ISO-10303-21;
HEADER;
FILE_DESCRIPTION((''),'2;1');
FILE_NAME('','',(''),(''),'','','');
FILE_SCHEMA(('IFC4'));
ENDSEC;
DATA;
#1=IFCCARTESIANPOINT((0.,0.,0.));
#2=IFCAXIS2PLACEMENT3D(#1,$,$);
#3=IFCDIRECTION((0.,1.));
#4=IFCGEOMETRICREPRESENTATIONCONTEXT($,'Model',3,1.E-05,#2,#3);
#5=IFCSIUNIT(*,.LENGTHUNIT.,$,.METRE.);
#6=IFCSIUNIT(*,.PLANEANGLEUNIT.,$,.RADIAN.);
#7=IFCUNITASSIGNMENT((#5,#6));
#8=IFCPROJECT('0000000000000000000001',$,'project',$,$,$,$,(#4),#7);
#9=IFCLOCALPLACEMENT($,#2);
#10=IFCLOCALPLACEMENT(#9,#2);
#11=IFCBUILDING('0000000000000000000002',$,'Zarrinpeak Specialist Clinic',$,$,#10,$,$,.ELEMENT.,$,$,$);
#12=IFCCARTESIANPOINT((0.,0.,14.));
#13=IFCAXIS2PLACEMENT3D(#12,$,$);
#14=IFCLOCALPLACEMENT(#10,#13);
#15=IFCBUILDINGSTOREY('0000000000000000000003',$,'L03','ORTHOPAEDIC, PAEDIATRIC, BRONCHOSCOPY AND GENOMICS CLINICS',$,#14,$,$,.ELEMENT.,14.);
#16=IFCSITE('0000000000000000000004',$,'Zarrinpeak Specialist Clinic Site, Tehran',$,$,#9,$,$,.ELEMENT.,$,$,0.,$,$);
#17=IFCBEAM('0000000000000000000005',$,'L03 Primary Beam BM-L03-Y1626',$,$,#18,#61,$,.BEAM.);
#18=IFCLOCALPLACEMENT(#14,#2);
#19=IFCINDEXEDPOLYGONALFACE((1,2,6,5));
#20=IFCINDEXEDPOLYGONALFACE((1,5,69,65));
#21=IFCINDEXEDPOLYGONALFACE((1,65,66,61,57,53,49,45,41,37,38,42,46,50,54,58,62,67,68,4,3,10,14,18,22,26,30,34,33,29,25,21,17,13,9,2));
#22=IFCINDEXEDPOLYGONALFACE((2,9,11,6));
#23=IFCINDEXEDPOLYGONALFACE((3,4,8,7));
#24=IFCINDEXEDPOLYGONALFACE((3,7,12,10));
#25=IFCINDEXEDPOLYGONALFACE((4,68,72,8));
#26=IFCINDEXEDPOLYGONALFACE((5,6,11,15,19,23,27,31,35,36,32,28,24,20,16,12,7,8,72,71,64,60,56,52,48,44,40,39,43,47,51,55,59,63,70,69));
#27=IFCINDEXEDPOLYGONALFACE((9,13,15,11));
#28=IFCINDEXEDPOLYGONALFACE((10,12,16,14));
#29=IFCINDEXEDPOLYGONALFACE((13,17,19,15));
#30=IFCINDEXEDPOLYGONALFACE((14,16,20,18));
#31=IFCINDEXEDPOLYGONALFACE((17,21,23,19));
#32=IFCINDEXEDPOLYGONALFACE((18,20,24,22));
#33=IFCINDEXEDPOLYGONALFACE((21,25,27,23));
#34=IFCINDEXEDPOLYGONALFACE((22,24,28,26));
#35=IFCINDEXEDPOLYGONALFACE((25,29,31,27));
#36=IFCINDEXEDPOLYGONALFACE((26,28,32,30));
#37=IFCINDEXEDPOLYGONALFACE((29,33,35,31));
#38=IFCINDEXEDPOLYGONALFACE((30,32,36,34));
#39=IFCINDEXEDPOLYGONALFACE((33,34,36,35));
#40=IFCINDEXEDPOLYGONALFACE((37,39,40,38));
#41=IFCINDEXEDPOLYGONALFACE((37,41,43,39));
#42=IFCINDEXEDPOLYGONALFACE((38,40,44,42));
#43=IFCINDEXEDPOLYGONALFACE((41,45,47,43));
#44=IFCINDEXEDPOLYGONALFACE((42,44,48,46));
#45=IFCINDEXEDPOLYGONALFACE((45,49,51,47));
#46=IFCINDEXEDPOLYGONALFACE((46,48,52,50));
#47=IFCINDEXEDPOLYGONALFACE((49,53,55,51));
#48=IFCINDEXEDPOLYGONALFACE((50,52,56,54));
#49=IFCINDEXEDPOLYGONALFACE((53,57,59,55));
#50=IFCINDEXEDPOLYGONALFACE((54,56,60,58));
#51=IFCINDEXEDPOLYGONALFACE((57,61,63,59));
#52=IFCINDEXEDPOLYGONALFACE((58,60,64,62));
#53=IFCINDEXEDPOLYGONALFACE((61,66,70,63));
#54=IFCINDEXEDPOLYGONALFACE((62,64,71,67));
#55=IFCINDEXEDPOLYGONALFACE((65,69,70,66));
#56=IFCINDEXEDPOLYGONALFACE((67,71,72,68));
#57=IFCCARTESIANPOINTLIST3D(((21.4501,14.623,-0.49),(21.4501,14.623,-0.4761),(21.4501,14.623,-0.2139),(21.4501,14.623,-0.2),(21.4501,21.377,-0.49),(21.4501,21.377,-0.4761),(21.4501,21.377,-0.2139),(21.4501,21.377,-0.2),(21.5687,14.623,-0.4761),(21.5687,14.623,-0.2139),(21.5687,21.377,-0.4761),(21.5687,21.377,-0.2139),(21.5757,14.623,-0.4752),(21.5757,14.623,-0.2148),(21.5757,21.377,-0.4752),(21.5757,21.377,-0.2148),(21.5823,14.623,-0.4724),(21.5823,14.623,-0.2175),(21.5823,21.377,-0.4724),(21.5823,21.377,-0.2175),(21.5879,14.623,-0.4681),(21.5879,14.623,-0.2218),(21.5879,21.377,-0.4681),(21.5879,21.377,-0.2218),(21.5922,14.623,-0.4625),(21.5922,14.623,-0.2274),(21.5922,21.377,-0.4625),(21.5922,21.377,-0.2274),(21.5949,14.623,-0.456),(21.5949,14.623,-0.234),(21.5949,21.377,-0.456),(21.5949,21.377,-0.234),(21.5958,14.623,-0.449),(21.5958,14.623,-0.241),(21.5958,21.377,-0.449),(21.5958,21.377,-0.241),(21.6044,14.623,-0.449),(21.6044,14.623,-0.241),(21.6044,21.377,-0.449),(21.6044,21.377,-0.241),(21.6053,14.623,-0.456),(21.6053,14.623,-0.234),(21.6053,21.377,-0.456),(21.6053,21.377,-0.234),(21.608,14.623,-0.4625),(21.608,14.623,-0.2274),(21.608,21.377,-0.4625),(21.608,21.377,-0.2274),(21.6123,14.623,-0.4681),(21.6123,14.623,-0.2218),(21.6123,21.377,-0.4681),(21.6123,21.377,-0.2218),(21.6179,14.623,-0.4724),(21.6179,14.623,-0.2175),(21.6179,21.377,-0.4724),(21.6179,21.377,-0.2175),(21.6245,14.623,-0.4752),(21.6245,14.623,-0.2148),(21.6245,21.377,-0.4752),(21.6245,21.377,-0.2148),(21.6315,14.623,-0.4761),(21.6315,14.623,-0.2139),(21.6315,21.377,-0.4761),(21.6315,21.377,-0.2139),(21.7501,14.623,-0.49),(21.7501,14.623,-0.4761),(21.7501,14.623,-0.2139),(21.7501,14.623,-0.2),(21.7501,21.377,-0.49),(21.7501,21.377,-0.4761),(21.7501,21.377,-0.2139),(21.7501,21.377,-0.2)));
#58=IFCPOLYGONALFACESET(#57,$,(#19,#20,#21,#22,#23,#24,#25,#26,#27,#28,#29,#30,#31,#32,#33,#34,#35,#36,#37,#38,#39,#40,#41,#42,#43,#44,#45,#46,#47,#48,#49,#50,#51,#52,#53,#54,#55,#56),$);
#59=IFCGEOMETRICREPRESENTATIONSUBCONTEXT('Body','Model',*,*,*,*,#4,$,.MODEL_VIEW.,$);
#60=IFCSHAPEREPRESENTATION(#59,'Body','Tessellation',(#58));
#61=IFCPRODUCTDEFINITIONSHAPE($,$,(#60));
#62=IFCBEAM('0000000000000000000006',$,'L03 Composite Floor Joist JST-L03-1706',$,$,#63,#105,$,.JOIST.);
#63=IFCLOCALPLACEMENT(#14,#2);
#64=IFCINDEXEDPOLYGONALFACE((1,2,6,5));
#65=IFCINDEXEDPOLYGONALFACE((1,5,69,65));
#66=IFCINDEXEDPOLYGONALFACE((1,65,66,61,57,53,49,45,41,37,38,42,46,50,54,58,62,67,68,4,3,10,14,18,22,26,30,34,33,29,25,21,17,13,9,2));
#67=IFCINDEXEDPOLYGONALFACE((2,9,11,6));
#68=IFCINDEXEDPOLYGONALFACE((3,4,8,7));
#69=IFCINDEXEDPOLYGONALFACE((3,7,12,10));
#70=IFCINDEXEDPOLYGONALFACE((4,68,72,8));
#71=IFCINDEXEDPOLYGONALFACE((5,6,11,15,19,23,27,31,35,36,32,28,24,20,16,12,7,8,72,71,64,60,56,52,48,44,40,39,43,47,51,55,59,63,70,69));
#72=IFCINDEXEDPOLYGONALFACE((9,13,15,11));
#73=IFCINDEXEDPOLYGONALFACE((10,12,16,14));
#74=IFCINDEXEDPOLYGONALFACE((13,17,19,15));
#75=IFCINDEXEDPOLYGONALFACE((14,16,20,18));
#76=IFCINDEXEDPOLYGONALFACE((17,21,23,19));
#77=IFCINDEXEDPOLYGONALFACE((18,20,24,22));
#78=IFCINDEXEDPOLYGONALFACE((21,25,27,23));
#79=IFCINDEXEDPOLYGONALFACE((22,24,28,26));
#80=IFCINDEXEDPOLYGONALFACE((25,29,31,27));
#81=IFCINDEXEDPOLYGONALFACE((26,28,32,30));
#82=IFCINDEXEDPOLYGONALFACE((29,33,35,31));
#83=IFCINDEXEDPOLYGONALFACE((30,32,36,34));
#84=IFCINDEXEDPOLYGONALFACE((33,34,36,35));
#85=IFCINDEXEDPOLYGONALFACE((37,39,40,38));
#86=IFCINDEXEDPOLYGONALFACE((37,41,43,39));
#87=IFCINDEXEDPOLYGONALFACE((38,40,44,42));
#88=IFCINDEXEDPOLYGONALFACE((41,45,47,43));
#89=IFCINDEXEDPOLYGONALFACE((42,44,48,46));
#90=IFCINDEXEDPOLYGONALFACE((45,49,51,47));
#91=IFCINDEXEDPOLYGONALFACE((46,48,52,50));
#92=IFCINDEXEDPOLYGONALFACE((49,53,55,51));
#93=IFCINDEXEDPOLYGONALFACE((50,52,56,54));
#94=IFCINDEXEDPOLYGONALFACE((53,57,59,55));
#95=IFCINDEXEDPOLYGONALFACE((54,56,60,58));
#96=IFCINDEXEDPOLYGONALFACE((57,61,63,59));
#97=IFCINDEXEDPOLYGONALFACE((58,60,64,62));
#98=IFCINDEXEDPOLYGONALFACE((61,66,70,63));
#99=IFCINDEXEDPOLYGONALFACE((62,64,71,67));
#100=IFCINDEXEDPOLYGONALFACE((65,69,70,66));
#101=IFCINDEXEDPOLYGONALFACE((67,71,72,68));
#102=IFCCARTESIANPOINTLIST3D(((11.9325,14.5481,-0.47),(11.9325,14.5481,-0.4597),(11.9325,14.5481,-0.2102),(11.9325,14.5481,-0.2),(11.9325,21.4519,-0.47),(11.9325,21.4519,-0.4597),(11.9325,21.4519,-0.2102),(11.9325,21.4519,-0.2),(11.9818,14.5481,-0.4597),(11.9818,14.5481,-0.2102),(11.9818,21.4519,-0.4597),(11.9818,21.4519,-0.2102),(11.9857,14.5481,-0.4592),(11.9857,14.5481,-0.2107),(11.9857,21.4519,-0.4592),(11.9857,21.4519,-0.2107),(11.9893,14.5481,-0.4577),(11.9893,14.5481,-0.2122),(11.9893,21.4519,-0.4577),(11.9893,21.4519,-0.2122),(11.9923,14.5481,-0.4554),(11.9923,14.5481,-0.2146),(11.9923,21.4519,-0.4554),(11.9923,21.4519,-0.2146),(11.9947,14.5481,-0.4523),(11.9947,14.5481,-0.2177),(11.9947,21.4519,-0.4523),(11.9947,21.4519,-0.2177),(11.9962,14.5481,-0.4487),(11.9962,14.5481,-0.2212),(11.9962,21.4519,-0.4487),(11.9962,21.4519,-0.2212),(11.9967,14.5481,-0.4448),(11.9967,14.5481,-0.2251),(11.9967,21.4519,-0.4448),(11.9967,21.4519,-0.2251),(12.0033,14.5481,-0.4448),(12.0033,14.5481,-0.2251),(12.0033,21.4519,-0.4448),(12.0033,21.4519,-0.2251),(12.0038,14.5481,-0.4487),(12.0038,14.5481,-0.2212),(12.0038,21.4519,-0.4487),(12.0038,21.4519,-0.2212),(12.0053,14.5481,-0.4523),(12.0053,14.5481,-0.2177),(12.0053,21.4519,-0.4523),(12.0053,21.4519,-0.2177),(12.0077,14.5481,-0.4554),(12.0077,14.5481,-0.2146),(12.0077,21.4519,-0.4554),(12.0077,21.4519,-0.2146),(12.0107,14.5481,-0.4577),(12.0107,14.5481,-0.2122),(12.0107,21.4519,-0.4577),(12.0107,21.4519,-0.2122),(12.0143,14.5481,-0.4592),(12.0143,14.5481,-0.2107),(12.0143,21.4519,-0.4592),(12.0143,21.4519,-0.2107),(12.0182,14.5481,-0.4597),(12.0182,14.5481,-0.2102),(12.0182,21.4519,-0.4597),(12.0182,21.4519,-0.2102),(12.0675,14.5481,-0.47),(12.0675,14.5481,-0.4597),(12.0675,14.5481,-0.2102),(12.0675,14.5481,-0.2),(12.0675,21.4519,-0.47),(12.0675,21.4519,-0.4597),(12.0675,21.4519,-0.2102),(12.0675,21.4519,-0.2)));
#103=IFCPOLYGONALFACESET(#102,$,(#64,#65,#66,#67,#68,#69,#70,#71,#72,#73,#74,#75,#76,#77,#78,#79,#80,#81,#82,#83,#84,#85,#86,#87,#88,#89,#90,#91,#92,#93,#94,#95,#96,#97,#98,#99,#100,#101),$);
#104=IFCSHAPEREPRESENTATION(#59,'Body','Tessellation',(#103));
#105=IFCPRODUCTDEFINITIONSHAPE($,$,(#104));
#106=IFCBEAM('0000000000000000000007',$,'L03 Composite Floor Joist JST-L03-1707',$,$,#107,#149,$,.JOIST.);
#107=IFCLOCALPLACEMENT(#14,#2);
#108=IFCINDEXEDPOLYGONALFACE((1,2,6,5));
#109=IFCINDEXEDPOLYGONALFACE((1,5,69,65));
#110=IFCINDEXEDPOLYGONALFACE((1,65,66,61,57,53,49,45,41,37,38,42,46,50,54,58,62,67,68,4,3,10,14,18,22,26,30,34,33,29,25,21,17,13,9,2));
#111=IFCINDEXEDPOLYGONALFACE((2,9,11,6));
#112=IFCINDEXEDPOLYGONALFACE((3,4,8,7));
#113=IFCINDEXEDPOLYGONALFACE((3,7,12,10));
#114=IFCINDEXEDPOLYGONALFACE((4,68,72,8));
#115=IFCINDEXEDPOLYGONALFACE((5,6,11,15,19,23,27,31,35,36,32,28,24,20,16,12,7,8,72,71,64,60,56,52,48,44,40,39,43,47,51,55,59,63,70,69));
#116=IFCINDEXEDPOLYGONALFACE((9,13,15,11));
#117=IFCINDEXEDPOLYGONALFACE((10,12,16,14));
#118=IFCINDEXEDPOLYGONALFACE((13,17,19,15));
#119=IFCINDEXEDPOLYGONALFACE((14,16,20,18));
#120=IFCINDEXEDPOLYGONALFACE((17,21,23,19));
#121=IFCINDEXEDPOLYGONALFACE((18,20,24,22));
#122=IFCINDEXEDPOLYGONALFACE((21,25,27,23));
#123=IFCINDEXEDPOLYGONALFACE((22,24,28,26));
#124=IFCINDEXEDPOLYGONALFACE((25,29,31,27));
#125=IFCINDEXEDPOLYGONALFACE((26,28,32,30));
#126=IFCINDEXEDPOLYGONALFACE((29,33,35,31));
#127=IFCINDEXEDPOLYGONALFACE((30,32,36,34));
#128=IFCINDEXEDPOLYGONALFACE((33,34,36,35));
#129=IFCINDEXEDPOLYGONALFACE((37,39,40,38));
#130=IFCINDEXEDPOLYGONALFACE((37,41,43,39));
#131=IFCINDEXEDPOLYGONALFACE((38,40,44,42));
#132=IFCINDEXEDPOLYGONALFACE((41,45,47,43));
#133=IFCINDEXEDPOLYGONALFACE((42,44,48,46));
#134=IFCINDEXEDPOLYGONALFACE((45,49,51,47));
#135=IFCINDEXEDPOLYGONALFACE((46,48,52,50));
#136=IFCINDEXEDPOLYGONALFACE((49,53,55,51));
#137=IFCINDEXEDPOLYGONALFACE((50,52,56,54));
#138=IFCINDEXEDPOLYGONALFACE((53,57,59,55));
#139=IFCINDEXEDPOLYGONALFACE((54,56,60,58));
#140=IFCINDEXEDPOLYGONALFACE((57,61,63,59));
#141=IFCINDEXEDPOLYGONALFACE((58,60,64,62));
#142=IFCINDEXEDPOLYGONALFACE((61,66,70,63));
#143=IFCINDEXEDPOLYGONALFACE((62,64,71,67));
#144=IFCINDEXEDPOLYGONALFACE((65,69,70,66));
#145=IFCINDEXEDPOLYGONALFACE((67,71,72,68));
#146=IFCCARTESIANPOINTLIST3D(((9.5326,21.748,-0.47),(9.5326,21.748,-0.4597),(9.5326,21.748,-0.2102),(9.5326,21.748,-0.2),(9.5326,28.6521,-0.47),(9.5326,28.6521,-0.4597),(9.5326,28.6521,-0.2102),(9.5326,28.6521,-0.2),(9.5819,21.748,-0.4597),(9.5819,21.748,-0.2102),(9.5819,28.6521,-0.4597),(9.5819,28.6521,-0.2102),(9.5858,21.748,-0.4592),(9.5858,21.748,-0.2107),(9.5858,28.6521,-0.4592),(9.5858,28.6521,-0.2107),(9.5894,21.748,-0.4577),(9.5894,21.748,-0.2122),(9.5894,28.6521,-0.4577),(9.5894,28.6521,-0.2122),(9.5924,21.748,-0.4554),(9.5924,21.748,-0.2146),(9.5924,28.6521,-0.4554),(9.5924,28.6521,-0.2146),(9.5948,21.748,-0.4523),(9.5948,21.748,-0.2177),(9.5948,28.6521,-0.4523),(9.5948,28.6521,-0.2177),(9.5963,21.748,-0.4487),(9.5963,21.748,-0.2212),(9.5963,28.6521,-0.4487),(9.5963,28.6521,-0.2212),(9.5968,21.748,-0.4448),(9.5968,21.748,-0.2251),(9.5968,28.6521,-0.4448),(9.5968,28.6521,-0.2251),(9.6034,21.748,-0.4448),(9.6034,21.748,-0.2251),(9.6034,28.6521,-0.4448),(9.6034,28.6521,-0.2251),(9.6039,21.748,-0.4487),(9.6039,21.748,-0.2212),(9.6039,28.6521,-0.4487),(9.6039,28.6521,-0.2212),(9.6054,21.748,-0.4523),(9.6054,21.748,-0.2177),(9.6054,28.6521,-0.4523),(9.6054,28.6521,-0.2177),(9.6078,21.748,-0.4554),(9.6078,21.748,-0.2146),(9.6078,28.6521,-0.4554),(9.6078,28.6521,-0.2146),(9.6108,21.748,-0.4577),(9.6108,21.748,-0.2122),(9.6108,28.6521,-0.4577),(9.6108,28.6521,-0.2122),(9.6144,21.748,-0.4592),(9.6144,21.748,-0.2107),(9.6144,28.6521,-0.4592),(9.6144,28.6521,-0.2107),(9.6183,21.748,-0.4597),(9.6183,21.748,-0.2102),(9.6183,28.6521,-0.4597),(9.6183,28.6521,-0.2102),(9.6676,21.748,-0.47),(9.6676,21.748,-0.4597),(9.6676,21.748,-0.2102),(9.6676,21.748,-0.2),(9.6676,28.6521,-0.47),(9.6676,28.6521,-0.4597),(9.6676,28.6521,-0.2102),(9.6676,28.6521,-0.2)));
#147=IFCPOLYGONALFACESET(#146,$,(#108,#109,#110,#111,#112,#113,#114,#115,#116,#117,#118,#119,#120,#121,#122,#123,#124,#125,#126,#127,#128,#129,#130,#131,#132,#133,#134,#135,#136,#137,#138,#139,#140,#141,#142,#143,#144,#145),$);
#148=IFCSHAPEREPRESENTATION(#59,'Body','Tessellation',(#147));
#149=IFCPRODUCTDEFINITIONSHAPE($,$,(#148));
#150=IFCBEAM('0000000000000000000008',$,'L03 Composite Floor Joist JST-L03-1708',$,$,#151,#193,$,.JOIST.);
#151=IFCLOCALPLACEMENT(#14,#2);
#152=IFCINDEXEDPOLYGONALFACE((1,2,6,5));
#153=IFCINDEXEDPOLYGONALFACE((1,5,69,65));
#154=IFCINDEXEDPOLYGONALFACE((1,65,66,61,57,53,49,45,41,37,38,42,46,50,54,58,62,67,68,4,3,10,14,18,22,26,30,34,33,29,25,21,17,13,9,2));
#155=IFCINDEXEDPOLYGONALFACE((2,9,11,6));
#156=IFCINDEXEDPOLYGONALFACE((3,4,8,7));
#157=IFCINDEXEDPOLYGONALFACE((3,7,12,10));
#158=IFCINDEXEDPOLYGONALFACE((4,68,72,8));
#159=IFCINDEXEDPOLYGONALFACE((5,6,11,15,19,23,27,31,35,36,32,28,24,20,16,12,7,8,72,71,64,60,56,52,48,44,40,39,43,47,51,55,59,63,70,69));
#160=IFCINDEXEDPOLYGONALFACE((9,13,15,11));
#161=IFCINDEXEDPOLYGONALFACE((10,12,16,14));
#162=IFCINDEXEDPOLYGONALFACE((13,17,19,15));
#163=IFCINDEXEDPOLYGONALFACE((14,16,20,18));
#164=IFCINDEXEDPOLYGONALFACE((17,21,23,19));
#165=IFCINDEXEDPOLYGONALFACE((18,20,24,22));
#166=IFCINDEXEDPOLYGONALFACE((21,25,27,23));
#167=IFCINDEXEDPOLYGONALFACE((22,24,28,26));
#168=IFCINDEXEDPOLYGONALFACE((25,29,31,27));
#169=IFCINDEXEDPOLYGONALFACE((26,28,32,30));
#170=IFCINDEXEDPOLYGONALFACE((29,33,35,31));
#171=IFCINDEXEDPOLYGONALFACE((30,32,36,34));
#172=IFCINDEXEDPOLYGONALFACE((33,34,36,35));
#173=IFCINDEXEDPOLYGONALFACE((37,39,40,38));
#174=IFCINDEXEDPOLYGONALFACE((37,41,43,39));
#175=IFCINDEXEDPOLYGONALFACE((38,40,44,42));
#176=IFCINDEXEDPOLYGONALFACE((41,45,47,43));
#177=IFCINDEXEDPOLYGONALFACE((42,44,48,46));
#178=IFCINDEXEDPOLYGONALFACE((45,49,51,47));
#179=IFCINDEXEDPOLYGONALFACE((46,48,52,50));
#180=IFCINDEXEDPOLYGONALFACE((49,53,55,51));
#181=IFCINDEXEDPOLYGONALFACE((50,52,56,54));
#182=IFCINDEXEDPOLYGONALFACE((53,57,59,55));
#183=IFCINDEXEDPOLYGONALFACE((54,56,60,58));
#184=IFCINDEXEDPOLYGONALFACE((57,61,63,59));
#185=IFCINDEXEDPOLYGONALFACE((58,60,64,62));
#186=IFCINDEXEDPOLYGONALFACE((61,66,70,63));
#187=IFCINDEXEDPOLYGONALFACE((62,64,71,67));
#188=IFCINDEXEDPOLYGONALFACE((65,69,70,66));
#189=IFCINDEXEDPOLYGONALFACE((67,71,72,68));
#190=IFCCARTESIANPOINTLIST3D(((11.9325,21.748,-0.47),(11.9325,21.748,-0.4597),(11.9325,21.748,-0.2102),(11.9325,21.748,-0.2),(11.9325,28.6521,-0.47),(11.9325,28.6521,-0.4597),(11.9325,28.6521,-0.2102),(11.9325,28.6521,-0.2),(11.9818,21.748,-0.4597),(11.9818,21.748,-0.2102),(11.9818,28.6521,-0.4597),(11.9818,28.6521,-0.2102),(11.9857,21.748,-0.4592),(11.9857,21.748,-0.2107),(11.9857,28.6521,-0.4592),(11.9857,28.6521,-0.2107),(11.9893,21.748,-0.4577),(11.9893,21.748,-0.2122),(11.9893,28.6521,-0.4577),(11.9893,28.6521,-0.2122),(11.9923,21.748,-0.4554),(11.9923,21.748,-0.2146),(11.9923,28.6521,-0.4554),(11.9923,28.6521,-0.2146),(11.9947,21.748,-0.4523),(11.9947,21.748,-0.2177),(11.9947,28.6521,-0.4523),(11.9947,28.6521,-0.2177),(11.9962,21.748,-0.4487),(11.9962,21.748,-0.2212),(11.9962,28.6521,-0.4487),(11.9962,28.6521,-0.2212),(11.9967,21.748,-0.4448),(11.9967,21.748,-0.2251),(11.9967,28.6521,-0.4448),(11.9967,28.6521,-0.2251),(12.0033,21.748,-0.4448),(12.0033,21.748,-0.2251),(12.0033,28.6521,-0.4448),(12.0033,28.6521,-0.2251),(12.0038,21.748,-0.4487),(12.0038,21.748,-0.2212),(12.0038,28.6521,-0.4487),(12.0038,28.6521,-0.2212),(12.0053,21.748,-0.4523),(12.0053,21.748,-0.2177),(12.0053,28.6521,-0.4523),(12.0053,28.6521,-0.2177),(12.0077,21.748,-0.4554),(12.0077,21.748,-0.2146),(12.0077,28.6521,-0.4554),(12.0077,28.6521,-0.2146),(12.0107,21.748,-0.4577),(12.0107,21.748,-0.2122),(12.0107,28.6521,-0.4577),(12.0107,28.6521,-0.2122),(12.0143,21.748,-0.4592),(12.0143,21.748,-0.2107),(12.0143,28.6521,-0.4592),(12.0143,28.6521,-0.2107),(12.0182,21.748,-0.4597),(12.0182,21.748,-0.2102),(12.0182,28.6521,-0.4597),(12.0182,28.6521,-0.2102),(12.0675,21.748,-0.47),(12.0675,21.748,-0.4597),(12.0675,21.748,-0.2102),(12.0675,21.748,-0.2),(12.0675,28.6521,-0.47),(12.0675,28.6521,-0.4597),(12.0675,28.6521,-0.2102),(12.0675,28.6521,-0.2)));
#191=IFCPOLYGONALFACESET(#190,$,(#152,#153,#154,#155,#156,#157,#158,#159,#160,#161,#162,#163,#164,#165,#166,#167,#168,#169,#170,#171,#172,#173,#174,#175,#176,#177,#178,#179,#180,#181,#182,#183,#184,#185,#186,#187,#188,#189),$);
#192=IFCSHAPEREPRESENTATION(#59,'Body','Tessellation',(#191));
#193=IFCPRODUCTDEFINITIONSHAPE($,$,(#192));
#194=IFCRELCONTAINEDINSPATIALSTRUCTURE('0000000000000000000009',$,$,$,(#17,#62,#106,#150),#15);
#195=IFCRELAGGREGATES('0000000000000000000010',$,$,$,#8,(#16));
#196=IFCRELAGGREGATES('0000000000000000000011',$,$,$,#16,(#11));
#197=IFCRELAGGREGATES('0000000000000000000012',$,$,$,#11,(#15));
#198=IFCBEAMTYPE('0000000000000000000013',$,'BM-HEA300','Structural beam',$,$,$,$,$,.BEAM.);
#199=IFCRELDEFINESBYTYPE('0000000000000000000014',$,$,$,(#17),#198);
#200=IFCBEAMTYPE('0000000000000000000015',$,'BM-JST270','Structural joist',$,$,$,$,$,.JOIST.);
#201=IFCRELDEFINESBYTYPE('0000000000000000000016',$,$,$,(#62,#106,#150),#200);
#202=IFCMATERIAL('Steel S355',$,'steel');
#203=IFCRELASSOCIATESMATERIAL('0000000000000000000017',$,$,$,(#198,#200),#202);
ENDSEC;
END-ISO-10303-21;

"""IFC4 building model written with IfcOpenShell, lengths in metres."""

from ifc_helpers import new_model, si_unit, direction, frame, origin, origin_2d, place, context, subcontext, project, spatial, i_section, extrude, material, material_profile, profile_set, type_object, element, save


model = new_model("IFC4")

# Units and contexts
model_context = context("Model", 3, precision=1e-05, world=origin(), true_north=direction((0.0, 1.0)))
body_context = subcontext(model_context, "Body", "Model", "MODEL_VIEW")
ifc_project = project(units=[si_unit("LENGTHUNIT", "METRE"), si_unit("PLANEANGLEUNIT", "RADIAN")], contexts=[model_context])

# Site, building, storey
site_placement = place(None, origin())
site = spatial("IfcSite", under=ifc_project, at=site_placement, Name="Zarrinpeak Specialist Clinic Site, Tehran", CompositionType="ELEMENT", RefElevation=0.0)
building_placement = place(site_placement, origin())
building = spatial("IfcBuilding", under=site, at=building_placement, Name="Zarrinpeak Specialist Clinic", CompositionType="ELEMENT")
storey_placement = place(building_placement, frame((0.0, 0.0, 14.0)))
storey = spatial("IfcBuildingStorey", under=building, at=storey_placement, Name="L03", Description="ORTHOPAEDIC, PAEDIATRIC, BRONCHOSCOPY AND GENOMICS CLINICS", CompositionType="ELEMENT", Elevation=14.0)

# Shared definitions
ifc_material_1 = material(Name="Steel S355", Category="steel")

# Beams
ifc_material_profile_1 = material_profile(ifc_material_1, i_section(OverallWidth=0.3, OverallDepth=0.29, WebThickness=0.0085, FlangeThickness=0.0139, FilletRadius=0.0271, at=origin_2d()), Name="HEA 300")
ifc_profile_set_1 = profile_set([ifc_material_profile_1], Name="Steel S355")
beam_type_1 = type_object("IfcBeamType", Name="BM-HEA300", Description="Structural beam", PredefinedType="BEAM", material=ifc_profile_set_1)
for number, where, z_axis, x_axis, name in (
    (1, (21.6001, 14.623, -0.345), (0.0, 1.0, 0.0), (-1.0, 0.0, 0.0), "L03 Primary Beam BM-L03-Y1626"),
):
    element("IfcBeam", number, at=place(storey_placement, frame(where, z_axis=z_axis, x_axis=x_axis)), inside=storey, type_object=beam_type_1, Name=name, PredefinedType="BEAM", context=body_context, shape_type="SweptSolid", body=[
        extrude(i_section(OverallWidth=0.3, OverallDepth=0.29, WebThickness=0.0085, FlangeThickness=0.0139, FilletRadius=0.0271, at=origin_2d()), origin(), (0.0, 0.0, 1.0), 6.7539),
    ])
ifc_material_profile_2 = material_profile(ifc_material_1, i_section(OverallWidth=0.135, OverallDepth=0.27, WebThickness=0.0066, FlangeThickness=0.0103, FilletRadius=0.0149, at=origin_2d()), Name="IPE 270")
ifc_profile_set_2 = profile_set([ifc_material_profile_2], Name="Steel S355")
beam_type_2 = type_object("IfcBeamType", Name="BM-JST270", Description="Structural joist", PredefinedType="JOIST", material=ifc_profile_set_2)
beam_1_placement = place(storey_placement, frame((12.0, 14.5481, -0.335), z_axis=(0.0, 1.0, 0.0), x_axis=(-1.0, 0.0, 0.0)))
element("IfcBeam", 2, at=beam_1_placement, inside=storey, type_object=beam_type_2, Name="L03 Composite Floor Joist JST-L03-1706", PredefinedType="JOIST", context=body_context, shape_type="SweptSolid", body=[
    extrude(i_section(OverallWidth=0.135, OverallDepth=0.27, WebThickness=0.0066, FlangeThickness=0.0103, FilletRadius=0.0149, at=origin_2d()), origin(), (0.0, 0.0, 1.0), 6.9038),
])
for number, where, z_axis, x_axis, name in (
    (3, (9.6001, 21.748, -0.335), (0.0, 1.0, 0.0), (-1.0, 0.0, 0.0), "L03 Composite Floor Joist JST-L03-1707"),
    (4, (12.0, 21.748, -0.335), (0.0, 1.0, 0.0), (-1.0, 0.0, 0.0), "L03 Composite Floor Joist JST-L03-1708"),
):
    element("IfcBeam", number, at=place(storey_placement, frame(where, z_axis=z_axis, x_axis=x_axis)), inside=storey, type_object=beam_type_2, Name=name, PredefinedType="JOIST", context=body_context, shape_type="SweptSolid", body=[
        extrude(i_section(OverallWidth=0.135, OverallDepth=0.27, WebThickness=0.0066, FlangeThickness=0.0103, FilletRadius=0.0149, at=origin_2d()), origin(), (0.0, 0.0, 1.0), 6.9041),
    ])

save(model, "model.ifc")
